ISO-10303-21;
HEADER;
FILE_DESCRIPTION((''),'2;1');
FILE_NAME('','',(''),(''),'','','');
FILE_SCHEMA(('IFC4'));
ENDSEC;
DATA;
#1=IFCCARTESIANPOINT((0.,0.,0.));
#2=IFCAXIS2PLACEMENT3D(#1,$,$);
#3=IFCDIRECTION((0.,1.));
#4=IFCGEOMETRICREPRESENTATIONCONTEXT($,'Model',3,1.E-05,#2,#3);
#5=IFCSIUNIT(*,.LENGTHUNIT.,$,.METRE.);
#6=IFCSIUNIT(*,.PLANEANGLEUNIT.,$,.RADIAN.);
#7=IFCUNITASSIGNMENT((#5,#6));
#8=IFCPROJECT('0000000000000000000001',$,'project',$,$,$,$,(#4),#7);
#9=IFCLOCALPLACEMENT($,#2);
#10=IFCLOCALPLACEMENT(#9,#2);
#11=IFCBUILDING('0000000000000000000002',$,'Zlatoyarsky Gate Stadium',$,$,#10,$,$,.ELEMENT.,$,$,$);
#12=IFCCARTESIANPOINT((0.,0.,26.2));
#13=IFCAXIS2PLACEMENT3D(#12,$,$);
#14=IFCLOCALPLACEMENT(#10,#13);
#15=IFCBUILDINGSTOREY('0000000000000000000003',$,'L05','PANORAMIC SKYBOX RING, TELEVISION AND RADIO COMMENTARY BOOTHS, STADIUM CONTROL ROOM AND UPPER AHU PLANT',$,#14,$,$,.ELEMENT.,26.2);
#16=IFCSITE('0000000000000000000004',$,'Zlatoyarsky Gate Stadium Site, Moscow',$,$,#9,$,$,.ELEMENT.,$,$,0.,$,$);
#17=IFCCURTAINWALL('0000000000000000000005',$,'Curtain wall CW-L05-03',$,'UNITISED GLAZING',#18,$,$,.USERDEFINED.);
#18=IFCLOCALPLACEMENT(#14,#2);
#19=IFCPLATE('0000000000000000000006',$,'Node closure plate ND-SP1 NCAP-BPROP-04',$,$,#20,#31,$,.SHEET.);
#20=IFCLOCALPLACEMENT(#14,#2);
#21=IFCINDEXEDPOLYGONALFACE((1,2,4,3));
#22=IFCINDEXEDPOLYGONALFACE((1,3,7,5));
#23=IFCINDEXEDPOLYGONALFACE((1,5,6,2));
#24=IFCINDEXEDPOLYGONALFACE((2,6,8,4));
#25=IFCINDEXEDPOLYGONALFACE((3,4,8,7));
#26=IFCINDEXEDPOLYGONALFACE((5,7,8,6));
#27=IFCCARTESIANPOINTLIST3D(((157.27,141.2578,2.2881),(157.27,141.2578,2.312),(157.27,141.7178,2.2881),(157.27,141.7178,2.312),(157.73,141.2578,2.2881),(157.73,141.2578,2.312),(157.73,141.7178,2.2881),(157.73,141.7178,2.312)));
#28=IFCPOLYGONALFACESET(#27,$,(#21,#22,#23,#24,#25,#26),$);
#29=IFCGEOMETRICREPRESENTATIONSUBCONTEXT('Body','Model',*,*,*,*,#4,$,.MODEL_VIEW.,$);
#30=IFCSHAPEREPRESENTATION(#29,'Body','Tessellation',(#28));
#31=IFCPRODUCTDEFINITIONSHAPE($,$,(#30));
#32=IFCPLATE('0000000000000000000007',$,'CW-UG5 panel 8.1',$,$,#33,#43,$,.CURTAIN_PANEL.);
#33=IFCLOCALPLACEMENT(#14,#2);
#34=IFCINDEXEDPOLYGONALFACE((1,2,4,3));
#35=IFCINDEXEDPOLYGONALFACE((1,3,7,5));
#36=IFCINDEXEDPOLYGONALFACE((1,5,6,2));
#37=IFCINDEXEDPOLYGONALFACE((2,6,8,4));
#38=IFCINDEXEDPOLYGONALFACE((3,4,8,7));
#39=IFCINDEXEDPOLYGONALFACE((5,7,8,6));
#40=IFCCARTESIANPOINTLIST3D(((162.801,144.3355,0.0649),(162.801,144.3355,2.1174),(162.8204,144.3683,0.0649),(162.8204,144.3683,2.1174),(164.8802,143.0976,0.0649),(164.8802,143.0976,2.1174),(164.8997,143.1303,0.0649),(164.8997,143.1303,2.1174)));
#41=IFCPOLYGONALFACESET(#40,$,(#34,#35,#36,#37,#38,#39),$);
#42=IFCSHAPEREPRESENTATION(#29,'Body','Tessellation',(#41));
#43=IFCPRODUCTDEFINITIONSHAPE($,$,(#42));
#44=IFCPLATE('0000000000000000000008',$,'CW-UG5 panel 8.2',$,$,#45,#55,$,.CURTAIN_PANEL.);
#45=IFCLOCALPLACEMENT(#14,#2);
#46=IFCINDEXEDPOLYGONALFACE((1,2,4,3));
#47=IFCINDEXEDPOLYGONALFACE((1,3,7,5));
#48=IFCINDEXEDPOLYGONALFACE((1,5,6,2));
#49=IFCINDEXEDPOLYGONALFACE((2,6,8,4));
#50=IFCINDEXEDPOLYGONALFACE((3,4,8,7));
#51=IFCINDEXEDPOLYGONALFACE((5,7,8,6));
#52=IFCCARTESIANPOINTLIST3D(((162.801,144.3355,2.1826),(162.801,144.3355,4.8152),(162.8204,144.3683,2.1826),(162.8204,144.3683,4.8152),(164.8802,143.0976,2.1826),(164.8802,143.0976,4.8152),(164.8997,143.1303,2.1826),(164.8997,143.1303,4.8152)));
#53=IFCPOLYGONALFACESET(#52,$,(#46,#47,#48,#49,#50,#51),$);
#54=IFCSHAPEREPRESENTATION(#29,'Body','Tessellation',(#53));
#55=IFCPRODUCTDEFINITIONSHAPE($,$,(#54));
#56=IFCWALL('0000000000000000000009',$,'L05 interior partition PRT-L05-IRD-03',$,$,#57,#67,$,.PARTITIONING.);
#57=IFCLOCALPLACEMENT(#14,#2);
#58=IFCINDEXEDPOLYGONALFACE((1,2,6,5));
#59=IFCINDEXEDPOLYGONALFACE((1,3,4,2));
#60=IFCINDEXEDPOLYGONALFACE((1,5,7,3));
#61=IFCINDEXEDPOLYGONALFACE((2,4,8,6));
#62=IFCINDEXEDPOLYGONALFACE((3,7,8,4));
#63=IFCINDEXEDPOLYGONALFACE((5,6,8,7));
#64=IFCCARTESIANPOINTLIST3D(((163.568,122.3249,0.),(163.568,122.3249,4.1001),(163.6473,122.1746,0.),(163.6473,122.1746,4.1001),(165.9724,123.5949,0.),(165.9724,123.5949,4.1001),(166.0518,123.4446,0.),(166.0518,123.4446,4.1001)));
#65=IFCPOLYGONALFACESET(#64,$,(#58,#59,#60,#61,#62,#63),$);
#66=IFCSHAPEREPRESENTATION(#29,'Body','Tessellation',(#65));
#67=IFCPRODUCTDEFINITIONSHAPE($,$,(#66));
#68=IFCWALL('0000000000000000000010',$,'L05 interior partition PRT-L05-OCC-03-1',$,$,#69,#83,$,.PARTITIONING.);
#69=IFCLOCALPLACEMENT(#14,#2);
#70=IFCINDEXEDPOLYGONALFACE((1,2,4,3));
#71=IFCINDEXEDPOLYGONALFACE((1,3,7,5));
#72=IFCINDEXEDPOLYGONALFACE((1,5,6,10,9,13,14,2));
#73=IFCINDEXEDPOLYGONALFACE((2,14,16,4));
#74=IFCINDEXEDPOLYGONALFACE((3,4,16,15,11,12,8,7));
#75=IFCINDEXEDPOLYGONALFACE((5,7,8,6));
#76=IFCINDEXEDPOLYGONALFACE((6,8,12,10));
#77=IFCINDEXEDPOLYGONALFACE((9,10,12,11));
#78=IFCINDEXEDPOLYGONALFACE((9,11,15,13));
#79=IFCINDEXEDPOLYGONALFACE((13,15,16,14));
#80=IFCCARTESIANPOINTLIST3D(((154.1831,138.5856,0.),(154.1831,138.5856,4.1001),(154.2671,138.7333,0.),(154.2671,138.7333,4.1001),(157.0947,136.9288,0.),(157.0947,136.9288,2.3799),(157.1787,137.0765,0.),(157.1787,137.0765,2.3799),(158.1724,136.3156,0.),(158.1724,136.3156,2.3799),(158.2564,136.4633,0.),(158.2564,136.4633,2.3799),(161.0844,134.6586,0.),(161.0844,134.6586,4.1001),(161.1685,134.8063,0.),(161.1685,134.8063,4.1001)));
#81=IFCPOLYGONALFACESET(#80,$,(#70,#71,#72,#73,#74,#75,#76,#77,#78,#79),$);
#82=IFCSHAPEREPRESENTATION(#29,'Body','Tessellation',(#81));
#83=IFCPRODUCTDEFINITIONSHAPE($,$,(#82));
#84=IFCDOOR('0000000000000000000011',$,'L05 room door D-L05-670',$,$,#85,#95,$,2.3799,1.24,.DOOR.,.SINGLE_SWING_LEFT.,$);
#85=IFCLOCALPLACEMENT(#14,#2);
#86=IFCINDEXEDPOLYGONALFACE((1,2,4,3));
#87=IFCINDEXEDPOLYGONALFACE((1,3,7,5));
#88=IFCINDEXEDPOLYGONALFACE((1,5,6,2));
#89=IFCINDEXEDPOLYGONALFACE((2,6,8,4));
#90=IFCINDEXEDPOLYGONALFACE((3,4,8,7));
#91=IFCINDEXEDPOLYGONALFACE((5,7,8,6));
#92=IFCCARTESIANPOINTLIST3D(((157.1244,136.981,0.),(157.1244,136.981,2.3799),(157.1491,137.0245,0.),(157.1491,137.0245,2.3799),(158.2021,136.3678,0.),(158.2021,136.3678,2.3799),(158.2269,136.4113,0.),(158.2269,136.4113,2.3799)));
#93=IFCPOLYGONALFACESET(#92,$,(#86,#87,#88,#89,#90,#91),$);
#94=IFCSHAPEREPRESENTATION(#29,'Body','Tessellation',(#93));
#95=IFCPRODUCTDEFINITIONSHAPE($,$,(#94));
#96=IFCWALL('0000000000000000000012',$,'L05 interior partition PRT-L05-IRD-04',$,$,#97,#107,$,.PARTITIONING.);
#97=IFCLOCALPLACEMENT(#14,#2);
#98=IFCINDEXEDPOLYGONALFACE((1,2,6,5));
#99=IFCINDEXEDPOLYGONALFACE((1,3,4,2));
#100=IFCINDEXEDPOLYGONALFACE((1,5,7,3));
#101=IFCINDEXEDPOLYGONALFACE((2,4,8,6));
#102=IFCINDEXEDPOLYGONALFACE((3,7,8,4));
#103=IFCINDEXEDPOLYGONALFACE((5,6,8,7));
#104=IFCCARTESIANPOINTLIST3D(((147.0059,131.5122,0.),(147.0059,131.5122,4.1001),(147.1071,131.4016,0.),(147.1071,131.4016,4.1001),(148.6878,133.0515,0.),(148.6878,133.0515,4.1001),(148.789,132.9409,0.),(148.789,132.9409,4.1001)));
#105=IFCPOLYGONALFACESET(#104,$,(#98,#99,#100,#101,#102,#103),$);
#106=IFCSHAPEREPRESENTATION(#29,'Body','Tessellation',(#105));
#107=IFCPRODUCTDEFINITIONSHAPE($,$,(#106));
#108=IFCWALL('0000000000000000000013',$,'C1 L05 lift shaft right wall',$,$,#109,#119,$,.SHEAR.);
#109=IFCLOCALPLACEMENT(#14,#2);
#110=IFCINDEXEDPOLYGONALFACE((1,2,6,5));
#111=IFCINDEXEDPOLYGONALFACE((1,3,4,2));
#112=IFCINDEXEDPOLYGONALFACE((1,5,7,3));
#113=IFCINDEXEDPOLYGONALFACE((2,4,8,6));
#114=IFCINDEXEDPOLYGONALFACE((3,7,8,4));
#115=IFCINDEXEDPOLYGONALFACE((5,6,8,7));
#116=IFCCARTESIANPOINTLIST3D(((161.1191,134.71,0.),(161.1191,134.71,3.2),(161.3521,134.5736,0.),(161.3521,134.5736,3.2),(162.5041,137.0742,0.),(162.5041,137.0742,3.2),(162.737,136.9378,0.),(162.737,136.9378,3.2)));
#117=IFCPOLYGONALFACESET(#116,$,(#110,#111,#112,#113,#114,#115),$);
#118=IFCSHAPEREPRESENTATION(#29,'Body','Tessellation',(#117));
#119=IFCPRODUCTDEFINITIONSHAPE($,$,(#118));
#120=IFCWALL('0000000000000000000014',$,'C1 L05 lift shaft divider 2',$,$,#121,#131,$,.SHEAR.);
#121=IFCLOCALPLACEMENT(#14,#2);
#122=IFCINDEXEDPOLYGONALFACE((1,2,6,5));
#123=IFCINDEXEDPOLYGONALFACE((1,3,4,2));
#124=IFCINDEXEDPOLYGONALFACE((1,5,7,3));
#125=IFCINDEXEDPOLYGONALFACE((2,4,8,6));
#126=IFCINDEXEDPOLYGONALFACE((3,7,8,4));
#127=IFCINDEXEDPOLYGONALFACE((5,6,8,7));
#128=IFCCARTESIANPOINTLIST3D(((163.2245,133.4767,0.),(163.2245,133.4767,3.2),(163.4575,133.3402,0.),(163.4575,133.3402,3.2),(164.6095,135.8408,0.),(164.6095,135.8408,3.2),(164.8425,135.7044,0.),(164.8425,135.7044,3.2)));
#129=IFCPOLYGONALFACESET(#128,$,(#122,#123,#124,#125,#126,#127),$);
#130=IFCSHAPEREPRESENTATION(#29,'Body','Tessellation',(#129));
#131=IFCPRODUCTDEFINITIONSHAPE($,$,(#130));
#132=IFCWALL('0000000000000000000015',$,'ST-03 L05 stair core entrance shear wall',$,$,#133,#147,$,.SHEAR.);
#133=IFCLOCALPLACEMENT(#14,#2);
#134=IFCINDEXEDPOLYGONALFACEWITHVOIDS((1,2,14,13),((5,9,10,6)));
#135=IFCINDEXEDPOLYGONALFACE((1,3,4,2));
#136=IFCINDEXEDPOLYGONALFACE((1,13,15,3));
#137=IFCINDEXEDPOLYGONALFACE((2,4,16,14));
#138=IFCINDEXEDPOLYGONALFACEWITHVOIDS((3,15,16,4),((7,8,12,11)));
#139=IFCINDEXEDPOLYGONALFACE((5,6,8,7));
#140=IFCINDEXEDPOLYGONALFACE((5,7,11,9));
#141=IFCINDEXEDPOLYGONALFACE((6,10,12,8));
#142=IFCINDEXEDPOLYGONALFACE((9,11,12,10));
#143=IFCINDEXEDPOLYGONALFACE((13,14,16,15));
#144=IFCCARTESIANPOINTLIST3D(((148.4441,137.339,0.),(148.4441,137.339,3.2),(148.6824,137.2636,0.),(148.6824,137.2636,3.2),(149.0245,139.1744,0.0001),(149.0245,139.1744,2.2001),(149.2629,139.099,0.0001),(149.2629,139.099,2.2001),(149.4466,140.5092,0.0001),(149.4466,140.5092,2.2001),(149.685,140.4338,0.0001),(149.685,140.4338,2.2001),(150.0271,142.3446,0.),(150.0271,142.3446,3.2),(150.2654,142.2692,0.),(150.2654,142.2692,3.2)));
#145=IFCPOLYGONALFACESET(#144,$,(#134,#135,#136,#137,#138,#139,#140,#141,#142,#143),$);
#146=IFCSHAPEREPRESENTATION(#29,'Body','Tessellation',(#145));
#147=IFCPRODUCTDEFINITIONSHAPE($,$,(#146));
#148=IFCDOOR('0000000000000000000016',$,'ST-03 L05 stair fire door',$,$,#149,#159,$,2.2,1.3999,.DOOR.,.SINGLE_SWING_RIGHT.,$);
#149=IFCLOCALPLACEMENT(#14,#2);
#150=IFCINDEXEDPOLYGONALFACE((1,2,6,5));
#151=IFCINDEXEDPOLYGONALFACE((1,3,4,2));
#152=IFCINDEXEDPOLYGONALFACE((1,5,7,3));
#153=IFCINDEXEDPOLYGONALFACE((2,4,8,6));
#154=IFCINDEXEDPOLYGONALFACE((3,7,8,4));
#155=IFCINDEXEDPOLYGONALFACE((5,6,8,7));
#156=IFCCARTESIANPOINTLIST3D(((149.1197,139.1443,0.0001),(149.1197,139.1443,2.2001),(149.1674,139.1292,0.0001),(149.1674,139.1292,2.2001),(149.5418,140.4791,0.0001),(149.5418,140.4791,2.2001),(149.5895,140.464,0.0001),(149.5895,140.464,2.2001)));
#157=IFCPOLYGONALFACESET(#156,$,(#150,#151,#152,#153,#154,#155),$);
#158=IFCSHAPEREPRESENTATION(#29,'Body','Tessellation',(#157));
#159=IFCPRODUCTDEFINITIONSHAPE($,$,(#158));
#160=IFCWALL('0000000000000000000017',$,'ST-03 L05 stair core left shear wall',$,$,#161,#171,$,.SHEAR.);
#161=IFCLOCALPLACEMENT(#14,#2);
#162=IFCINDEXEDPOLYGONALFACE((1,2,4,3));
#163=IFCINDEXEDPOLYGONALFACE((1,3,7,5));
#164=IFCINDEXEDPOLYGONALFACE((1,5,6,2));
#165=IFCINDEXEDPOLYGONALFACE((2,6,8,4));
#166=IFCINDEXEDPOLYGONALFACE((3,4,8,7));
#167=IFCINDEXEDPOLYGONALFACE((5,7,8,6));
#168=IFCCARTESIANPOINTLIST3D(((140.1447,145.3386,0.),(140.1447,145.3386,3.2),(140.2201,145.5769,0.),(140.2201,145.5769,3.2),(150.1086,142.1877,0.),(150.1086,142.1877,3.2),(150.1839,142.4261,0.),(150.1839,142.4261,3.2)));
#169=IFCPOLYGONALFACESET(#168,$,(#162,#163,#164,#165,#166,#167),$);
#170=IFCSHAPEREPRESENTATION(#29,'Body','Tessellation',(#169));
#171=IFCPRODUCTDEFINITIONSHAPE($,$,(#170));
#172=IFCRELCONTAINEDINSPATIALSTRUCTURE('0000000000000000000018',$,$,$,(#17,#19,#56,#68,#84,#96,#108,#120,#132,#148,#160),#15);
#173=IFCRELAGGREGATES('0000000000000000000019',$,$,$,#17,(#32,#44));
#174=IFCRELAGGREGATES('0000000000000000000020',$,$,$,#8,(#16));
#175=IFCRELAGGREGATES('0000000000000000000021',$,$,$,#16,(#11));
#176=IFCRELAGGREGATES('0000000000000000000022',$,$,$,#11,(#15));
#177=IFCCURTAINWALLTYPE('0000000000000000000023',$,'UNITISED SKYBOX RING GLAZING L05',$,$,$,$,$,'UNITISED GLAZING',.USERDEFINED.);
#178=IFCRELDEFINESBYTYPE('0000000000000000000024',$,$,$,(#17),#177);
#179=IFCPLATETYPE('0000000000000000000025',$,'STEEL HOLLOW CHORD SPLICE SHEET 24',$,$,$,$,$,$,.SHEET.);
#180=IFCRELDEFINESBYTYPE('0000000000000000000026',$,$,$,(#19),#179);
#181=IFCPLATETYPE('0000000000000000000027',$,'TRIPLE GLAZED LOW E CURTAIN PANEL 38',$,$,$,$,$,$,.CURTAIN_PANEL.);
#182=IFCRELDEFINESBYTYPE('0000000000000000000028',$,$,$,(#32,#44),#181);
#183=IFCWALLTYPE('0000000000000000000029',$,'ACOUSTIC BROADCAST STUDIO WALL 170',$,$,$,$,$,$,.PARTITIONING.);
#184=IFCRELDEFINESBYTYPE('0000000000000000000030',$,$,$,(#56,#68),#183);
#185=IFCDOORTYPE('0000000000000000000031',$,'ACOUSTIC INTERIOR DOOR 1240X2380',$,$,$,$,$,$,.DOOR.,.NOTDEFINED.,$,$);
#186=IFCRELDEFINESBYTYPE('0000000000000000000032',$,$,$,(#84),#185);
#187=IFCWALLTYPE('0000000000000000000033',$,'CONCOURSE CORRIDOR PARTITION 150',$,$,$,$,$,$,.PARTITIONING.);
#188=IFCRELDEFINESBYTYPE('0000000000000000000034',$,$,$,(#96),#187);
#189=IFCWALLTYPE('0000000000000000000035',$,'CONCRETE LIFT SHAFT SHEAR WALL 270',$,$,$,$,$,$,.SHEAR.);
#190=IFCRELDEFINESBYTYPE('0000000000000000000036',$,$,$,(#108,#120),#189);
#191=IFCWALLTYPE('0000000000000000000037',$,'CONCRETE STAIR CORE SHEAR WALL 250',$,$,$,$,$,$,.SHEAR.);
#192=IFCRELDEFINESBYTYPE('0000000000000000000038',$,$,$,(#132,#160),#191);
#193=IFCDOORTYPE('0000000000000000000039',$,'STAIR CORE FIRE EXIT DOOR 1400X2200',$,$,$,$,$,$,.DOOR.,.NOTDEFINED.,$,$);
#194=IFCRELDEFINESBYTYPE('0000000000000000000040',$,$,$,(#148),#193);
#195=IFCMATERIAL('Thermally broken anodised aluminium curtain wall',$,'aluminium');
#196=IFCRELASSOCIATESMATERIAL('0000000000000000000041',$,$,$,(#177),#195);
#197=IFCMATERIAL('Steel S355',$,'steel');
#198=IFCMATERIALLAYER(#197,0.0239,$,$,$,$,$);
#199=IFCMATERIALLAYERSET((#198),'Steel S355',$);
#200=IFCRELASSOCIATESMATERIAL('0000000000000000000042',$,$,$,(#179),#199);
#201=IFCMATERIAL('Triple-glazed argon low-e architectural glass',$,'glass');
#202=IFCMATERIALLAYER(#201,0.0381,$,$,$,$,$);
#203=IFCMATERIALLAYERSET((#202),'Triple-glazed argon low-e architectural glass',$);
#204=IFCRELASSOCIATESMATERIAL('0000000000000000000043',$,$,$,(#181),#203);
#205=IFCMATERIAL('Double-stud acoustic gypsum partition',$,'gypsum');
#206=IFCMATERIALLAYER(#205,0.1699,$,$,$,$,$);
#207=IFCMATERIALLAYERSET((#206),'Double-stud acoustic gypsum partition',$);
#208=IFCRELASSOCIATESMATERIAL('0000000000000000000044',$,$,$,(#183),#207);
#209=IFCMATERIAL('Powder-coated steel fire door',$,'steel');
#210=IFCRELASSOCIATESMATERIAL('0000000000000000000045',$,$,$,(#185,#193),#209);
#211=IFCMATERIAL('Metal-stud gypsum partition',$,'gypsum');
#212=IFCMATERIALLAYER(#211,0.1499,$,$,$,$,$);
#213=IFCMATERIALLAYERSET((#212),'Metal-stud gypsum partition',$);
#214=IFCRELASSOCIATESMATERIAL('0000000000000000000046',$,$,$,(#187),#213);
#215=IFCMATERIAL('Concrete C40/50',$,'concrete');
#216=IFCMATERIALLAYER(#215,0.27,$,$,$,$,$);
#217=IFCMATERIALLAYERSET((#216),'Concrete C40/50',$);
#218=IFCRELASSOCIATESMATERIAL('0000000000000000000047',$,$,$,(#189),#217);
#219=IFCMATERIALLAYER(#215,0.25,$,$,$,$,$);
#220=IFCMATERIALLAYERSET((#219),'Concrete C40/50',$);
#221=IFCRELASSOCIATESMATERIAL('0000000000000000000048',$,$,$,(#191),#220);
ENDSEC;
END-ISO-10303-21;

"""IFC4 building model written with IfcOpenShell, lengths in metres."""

from ifc_helpers import new_model, si_unit, direction, frame, frame_2d, origin, origin_2d, place, context, subcontext, project, spatial, rectangle, extrude, material, layer, layer_set, type_object, element, fill, aggregate, save


model = new_model("IFC4")

# Units and contexts
model_context = context("Model", 3, precision=1e-05, world=origin(), true_north=direction((0.0, 1.0)))
body_context = subcontext(model_context, "Body", "Model", "MODEL_VIEW")
ifc_project = project(units=[si_unit("LENGTHUNIT", "METRE"), si_unit("PLANEANGLEUNIT", "RADIAN")], contexts=[model_context])

# Site, building, storey
site_placement = place(None, origin())
site = spatial("IfcSite", under=ifc_project, at=site_placement, Name="Zlatoyarsky Gate Stadium Site, Moscow", CompositionType="ELEMENT", RefElevation=0.0)
building_placement = place(site_placement, origin())
building = spatial("IfcBuilding", under=site, at=building_placement, Name="Zlatoyarsky Gate Stadium", CompositionType="ELEMENT")
storey_placement = place(building_placement, frame((0.0, 0.0, 26.2)))
storey = spatial("IfcBuildingStorey", under=building, at=storey_placement, Name="L05", Description="PANORAMIC SKYBOX RING, TELEVISION AND RADIO COMMENTARY BOOTHS, STADIUM CONTROL ROOM AND UPPER AHU PLANT", CompositionType="ELEMENT", Elevation=26.2)

# Shared definitions
ifc_material_1 = material(Name="Steel S355", Category="steel")

# Curtain wall
ifc_material_2 = material(Name="Thermally broken anodised aluminium curtain wall", Category="aluminium")
curtain_wall_type = type_object("IfcCurtainWallType", Name="UNITISED SKYBOX RING GLAZING L05", ElementType="UNITISED GLAZING", PredefinedType="USERDEFINED", material=ifc_material_2)
curtain_wall_placement = place(storey_placement, origin())
curtain_wall = element("IfcCurtainWall", 1, at=curtain_wall_placement, inside=storey, type_object=curtain_wall_type, Name="Curtain wall CW-L05-03", ObjectType="UNITISED GLAZING", PredefinedType="USERDEFINED")

# Plates
ifc_layer_1 = layer(ifc_material_1, 0.0239)
ifc_layer_set_1 = layer_set([ifc_layer_1], Name="Steel S355")
plate_type_1 = type_object("IfcPlateType", Name="STEEL HOLLOW CHORD SPLICE SHEET 24", PredefinedType="SHEET", material=ifc_layer_set_1)
plate_1_placement = place(storey_placement, frame((157.5, 141.4878, 2.2881), z_axis=(0.0, 0.0, 1.0), x_axis=(1.0, 0.0, 0.0)))
element("IfcPlate", 2, at=plate_1_placement, inside=storey, type_object=plate_type_1, Name="Node closure plate ND-SP1 NCAP-BPROP-04", PredefinedType="SHEET", context=body_context, shape_type="SweptSolid", body=[
    extrude(rectangle(XDim=0.46, YDim=0.46, at=origin_2d()), origin(), (0.0, 0.0, 1.0), 0.0239),
])
ifc_material_3 = material(Name="Triple-glazed argon low-e architectural glass", Category="glass")
ifc_layer_2 = layer(ifc_material_3, 0.0381)
ifc_layer_set_2 = layer_set([ifc_layer_2], Name="Triple-glazed argon low-e architectural glass")
plate_type_2 = type_object("IfcPlateType", Name="TRIPLE GLAZED LOW E CURTAIN PANEL 38", PredefinedType="CURTAIN_PANEL", material=ifc_layer_set_2)
plate_2_placement = place(storey_placement, frame((163.8503, 143.7329, 0.0649), z_axis=(0.0, 0.0, 1.0), x_axis=(-0.859237, 0.511577, 0.0)))
plate_2 = element("IfcPlate", 3, at=plate_2_placement, type_object=plate_type_2, Name="CW-UG5 panel 8.1", PredefinedType="CURTAIN_PANEL", context=body_context, shape_type="SweptSolid", body=[
    extrude(rectangle(XDim=2.4199, YDim=0.0381, at=origin_2d()), origin(), (0.0, 0.0, 1.0), 2.0525),
])
plate_3_placement = place(storey_placement, frame((163.8503, 143.7329, 2.1826), z_axis=(0.0, 0.0, 1.0), x_axis=(-0.859237, 0.511577, 0.0)))
plate_3 = element("IfcPlate", 4, at=plate_3_placement, type_object=plate_type_2, Name="CW-UG5 panel 8.2", PredefinedType="CURTAIN_PANEL", context=body_context, shape_type="SweptSolid", body=[
    extrude(rectangle(XDim=2.4199, YDim=0.0381, at=origin_2d()), origin(), (0.0, 0.0, 1.0), 2.6326),
])
aggregate(curtain_wall, [plate_2, plate_3])

# Wall
ifc_material_4 = material(Name="Double-stud acoustic gypsum partition", Category="gypsum")
ifc_layer_3 = layer(ifc_material_4, 0.1699)
ifc_layer_set_3 = layer_set([ifc_layer_3], Name="Double-stud acoustic gypsum partition")
wall_type_1 = type_object("IfcWallType", Name="ACOUSTIC BROADCAST STUDIO WALL 170", PredefinedType="PARTITIONING", material=ifc_layer_set_3)
wall_1_placement = place(storey_placement, frame((163.6077, 122.2498, 0.0), z_axis=(0.0, 0.0, 1.0), x_axis=(0.88424, 0.467034, 0.0)))
element("IfcWall", 5, at=wall_1_placement, inside=storey, type_object=wall_type_1, Name="L05 interior partition PRT-L05-IRD-03", PredefinedType="PARTITIONING", context=body_context, shape_type="SweptSolid", body=[
    extrude(rectangle(XDim=2.7192, YDim=0.1699, at=frame_2d((1.3596, 0.0))), origin(), (0.0, 0.0, 1.0), 4.1001),
])

# Wall, opening, door
wall_2_placement = place(storey_placement, frame((161.1265, 134.7324, 0.0), z_axis=(0.0, 0.0, 1.0), x_axis=(-0.869144, 0.494559, 0.0)))
wall_2 = element("IfcWall", 6, at=wall_2_placement, inside=storey, type_object=wall_type_1, Name="L05 interior partition PRT-L05-OCC-03-1", PredefinedType="PARTITIONING", context=body_context, shape_type="SweptSolid", body=[
    extrude(rectangle(XDim=7.9404, YDim=0.1699, at=frame_2d((3.9702, 0.0))), origin(), (0.0, 0.0, 1.0), 4.1001),
])
opening_1_placement = place(wall_2_placement, frame((3.3503, 0.0, 0.0)))
opening_1 = element("IfcOpeningElement", 7, at=opening_1_placement, cuts=wall_2, PredefinedType="OPENING", context=body_context, shape_type="SweptSolid", body=[
    extrude(rectangle(XDim=1.24, YDim=2.3799, at=frame_2d((0.6201, 1.1899))), frame((0.0, 0.095, 0.0), z_axis=(0.0, -1.0, 0.0), x_axis=(1.0, 0.0, 0.0)), (0.0, 0.0, 1.0), 0.1899),
])
ifc_material_5 = material(Name="Powder-coated steel fire door", Category="steel")
door_type_1 = type_object("IfcDoorType", Name="ACOUSTIC INTERIOR DOOR 1240X2380", OperationType="NOTDEFINED", PredefinedType="DOOR", material=ifc_material_5)
door_1_placement = place(opening_1_placement, origin())
door_1 = element("IfcDoor", 8, at=door_1_placement, inside=storey, type_object=door_type_1, Name="L05 room door D-L05-670", OperationType="SINGLE_SWING_LEFT", OverallHeight=2.3799, OverallWidth=1.24, PredefinedType="DOOR", context=body_context, shape_type="SweptSolid", body=[
    extrude(rectangle(XDim=1.24, YDim=2.3799, at=frame_2d((0.6201, 1.1899))), frame((0.0, 0.0249, 0.0), z_axis=(0.0, -1.0, 0.0), x_axis=(1.0, 0.0, 0.0)), (0.0, 0.0, 1.0), 0.05),
])
fill(opening_1, door_1)

# Walls
ifc_material_6 = material(Name="Metal-stud gypsum partition", Category="gypsum")
ifc_layer_4 = layer(ifc_material_6, 0.1499)
ifc_layer_set_4 = layer_set([ifc_layer_4], Name="Metal-stud gypsum partition")
wall_type_2 = type_object("IfcWallType", Name="CONCOURSE CORRIDOR PARTITION 150", PredefinedType="PARTITIONING", material=ifc_layer_set_4)
wall_3_placement = place(storey_placement, frame((147.0564, 131.4568, 0.0), z_axis=(0.0, 0.0, 1.0), x_axis=(0.737683, 0.675147, 0.0)))
element("IfcWall", 9, at=wall_3_placement, inside=storey, type_object=wall_type_2, Name="L05 interior partition PRT-L05-IRD-04", PredefinedType="PARTITIONING", context=body_context, shape_type="SweptSolid", body=[
    extrude(rectangle(XDim=2.28, YDim=0.1499, at=frame_2d((1.1401, 0.0))), origin(), (0.0, 0.0, 1.0), 4.1001),
])
ifc_material_7 = material(Name="Concrete C40/50", Category="concrete")
ifc_layer_5 = layer(ifc_material_7, 0.27)
ifc_layer_set_5 = layer_set([ifc_layer_5], Name="Concrete C40/50")
wall_type_3 = type_object("IfcWallType", Name="CONCRETE LIFT SHAFT SHEAR WALL 270", PredefinedType="SHEAR", material=ifc_layer_set_5)
for number, where, z_axis, x_axis, name in (
    (10, (162.6206, 137.0061, 0.0), (0.0, 0.0, 1.0), (-0.505466, -0.862847, 0.0), "C1 L05 lift shaft right wall"),
    (11, (164.7261, 135.7727, 0.0), (0.0, 0.0, 1.0), (-0.505466, -0.862847, 0.0), "C1 L05 lift shaft divider 2"),
):
    element("IfcWall", number, at=place(storey_placement, frame(where, z_axis=z_axis, x_axis=x_axis)), inside=storey, type_object=wall_type_3, Name=name, PredefinedType="SHEAR", context=body_context, shape_type="SweptSolid", body=[
        extrude(rectangle(XDim=2.74, YDim=0.27, at=frame_2d((1.3701, 0.0))), origin(), (0.0, 0.0, 1.0), 3.2),
    ])

# Wall, opening, door
ifc_layer_6 = layer(ifc_material_7, 0.25)
ifc_layer_set_6 = layer_set([ifc_layer_6], Name="Concrete C40/50")
wall_type_4 = type_object("IfcWallType", Name="CONCRETE STAIR CORE SHEAR WALL 250", PredefinedType="SHEAR", material=ifc_layer_set_6)
wall_4_placement = place(storey_placement, frame((148.5632, 137.3013, 0.0), z_axis=(0.0, 0.0, 1.0), x_axis=(0.301527, 0.953457, 0.0)))
wall_4 = element("IfcWall", 12, at=wall_4_placement, inside=storey, type_object=wall_type_4, Name="ST-03 L05 stair core entrance shear wall", PredefinedType="SHEAR", context=body_context, shape_type="SweptSolid", body=[
    extrude(rectangle(XDim=5.25, YDim=0.25, at=frame_2d((2.625, 0.0))), origin(), (0.0, 0.0, 1.0), 3.2),
])
opening_2_placement = place(wall_4_placement, frame((1.925, 0.0, 0.0)))
opening_2 = element("IfcOpeningElement", 13, at=opening_2_placement, cuts=wall_4, PredefinedType="OPENING", context=body_context, shape_type="SweptSolid", body=[
    extrude(rectangle(XDim=1.3999, YDim=2.2, at=frame_2d((0.7, 1.1001))), frame((0.0, 0.135, 0.0), z_axis=(0.0, -1.0, 0.0), x_axis=(1.0, 0.0, 0.0)), (0.0, 0.0, 1.0), 0.27),
])
door_type_2 = type_object("IfcDoorType", Name="STAIR CORE FIRE EXIT DOOR 1400X2200", OperationType="NOTDEFINED", PredefinedType="DOOR", material=ifc_material_5)
door_2_placement = place(opening_2_placement, frame((1.3999, 0.0, 0.0), z_axis=(0.0, 0.0, 1.0), x_axis=(-1.0, 0.0, 0.0)))
door_2 = element("IfcDoor", 14, at=door_2_placement, inside=storey, type_object=door_type_2, Name="ST-03 L05 stair fire door", OperationType="SINGLE_SWING_RIGHT", OverallHeight=2.2, OverallWidth=1.3999, PredefinedType="DOOR", context=body_context, shape_type="SweptSolid", body=[
    extrude(rectangle(XDim=1.3999, YDim=2.2, at=frame_2d((0.7, 1.1001))), frame((0.0, 0.0249, 0.0), z_axis=(0.0, -1.0, 0.0), x_axis=(1.0, 0.0, 0.0)), (0.0, 0.0, 1.0), 0.05),
])
fill(opening_2, door_2)

# Wall
wall_5_placement = place(storey_placement, frame((150.1462, 142.3069, 0.0), z_axis=(0.0, 0.0, 1.0), x_axis=(-0.953462, 0.301514, 0.0)))
element("IfcWall", 15, at=wall_5_placement, inside=storey, type_object=wall_type_4, Name="ST-03 L05 stair core left shear wall", PredefinedType="SHEAR", context=body_context, shape_type="SweptSolid", body=[
    extrude(rectangle(XDim=10.4502, YDim=0.25, at=frame_2d((5.2251, 0.0))), origin(), (0.0, 0.0, 1.0), 3.2),
])

save(model, "model.ifc")
